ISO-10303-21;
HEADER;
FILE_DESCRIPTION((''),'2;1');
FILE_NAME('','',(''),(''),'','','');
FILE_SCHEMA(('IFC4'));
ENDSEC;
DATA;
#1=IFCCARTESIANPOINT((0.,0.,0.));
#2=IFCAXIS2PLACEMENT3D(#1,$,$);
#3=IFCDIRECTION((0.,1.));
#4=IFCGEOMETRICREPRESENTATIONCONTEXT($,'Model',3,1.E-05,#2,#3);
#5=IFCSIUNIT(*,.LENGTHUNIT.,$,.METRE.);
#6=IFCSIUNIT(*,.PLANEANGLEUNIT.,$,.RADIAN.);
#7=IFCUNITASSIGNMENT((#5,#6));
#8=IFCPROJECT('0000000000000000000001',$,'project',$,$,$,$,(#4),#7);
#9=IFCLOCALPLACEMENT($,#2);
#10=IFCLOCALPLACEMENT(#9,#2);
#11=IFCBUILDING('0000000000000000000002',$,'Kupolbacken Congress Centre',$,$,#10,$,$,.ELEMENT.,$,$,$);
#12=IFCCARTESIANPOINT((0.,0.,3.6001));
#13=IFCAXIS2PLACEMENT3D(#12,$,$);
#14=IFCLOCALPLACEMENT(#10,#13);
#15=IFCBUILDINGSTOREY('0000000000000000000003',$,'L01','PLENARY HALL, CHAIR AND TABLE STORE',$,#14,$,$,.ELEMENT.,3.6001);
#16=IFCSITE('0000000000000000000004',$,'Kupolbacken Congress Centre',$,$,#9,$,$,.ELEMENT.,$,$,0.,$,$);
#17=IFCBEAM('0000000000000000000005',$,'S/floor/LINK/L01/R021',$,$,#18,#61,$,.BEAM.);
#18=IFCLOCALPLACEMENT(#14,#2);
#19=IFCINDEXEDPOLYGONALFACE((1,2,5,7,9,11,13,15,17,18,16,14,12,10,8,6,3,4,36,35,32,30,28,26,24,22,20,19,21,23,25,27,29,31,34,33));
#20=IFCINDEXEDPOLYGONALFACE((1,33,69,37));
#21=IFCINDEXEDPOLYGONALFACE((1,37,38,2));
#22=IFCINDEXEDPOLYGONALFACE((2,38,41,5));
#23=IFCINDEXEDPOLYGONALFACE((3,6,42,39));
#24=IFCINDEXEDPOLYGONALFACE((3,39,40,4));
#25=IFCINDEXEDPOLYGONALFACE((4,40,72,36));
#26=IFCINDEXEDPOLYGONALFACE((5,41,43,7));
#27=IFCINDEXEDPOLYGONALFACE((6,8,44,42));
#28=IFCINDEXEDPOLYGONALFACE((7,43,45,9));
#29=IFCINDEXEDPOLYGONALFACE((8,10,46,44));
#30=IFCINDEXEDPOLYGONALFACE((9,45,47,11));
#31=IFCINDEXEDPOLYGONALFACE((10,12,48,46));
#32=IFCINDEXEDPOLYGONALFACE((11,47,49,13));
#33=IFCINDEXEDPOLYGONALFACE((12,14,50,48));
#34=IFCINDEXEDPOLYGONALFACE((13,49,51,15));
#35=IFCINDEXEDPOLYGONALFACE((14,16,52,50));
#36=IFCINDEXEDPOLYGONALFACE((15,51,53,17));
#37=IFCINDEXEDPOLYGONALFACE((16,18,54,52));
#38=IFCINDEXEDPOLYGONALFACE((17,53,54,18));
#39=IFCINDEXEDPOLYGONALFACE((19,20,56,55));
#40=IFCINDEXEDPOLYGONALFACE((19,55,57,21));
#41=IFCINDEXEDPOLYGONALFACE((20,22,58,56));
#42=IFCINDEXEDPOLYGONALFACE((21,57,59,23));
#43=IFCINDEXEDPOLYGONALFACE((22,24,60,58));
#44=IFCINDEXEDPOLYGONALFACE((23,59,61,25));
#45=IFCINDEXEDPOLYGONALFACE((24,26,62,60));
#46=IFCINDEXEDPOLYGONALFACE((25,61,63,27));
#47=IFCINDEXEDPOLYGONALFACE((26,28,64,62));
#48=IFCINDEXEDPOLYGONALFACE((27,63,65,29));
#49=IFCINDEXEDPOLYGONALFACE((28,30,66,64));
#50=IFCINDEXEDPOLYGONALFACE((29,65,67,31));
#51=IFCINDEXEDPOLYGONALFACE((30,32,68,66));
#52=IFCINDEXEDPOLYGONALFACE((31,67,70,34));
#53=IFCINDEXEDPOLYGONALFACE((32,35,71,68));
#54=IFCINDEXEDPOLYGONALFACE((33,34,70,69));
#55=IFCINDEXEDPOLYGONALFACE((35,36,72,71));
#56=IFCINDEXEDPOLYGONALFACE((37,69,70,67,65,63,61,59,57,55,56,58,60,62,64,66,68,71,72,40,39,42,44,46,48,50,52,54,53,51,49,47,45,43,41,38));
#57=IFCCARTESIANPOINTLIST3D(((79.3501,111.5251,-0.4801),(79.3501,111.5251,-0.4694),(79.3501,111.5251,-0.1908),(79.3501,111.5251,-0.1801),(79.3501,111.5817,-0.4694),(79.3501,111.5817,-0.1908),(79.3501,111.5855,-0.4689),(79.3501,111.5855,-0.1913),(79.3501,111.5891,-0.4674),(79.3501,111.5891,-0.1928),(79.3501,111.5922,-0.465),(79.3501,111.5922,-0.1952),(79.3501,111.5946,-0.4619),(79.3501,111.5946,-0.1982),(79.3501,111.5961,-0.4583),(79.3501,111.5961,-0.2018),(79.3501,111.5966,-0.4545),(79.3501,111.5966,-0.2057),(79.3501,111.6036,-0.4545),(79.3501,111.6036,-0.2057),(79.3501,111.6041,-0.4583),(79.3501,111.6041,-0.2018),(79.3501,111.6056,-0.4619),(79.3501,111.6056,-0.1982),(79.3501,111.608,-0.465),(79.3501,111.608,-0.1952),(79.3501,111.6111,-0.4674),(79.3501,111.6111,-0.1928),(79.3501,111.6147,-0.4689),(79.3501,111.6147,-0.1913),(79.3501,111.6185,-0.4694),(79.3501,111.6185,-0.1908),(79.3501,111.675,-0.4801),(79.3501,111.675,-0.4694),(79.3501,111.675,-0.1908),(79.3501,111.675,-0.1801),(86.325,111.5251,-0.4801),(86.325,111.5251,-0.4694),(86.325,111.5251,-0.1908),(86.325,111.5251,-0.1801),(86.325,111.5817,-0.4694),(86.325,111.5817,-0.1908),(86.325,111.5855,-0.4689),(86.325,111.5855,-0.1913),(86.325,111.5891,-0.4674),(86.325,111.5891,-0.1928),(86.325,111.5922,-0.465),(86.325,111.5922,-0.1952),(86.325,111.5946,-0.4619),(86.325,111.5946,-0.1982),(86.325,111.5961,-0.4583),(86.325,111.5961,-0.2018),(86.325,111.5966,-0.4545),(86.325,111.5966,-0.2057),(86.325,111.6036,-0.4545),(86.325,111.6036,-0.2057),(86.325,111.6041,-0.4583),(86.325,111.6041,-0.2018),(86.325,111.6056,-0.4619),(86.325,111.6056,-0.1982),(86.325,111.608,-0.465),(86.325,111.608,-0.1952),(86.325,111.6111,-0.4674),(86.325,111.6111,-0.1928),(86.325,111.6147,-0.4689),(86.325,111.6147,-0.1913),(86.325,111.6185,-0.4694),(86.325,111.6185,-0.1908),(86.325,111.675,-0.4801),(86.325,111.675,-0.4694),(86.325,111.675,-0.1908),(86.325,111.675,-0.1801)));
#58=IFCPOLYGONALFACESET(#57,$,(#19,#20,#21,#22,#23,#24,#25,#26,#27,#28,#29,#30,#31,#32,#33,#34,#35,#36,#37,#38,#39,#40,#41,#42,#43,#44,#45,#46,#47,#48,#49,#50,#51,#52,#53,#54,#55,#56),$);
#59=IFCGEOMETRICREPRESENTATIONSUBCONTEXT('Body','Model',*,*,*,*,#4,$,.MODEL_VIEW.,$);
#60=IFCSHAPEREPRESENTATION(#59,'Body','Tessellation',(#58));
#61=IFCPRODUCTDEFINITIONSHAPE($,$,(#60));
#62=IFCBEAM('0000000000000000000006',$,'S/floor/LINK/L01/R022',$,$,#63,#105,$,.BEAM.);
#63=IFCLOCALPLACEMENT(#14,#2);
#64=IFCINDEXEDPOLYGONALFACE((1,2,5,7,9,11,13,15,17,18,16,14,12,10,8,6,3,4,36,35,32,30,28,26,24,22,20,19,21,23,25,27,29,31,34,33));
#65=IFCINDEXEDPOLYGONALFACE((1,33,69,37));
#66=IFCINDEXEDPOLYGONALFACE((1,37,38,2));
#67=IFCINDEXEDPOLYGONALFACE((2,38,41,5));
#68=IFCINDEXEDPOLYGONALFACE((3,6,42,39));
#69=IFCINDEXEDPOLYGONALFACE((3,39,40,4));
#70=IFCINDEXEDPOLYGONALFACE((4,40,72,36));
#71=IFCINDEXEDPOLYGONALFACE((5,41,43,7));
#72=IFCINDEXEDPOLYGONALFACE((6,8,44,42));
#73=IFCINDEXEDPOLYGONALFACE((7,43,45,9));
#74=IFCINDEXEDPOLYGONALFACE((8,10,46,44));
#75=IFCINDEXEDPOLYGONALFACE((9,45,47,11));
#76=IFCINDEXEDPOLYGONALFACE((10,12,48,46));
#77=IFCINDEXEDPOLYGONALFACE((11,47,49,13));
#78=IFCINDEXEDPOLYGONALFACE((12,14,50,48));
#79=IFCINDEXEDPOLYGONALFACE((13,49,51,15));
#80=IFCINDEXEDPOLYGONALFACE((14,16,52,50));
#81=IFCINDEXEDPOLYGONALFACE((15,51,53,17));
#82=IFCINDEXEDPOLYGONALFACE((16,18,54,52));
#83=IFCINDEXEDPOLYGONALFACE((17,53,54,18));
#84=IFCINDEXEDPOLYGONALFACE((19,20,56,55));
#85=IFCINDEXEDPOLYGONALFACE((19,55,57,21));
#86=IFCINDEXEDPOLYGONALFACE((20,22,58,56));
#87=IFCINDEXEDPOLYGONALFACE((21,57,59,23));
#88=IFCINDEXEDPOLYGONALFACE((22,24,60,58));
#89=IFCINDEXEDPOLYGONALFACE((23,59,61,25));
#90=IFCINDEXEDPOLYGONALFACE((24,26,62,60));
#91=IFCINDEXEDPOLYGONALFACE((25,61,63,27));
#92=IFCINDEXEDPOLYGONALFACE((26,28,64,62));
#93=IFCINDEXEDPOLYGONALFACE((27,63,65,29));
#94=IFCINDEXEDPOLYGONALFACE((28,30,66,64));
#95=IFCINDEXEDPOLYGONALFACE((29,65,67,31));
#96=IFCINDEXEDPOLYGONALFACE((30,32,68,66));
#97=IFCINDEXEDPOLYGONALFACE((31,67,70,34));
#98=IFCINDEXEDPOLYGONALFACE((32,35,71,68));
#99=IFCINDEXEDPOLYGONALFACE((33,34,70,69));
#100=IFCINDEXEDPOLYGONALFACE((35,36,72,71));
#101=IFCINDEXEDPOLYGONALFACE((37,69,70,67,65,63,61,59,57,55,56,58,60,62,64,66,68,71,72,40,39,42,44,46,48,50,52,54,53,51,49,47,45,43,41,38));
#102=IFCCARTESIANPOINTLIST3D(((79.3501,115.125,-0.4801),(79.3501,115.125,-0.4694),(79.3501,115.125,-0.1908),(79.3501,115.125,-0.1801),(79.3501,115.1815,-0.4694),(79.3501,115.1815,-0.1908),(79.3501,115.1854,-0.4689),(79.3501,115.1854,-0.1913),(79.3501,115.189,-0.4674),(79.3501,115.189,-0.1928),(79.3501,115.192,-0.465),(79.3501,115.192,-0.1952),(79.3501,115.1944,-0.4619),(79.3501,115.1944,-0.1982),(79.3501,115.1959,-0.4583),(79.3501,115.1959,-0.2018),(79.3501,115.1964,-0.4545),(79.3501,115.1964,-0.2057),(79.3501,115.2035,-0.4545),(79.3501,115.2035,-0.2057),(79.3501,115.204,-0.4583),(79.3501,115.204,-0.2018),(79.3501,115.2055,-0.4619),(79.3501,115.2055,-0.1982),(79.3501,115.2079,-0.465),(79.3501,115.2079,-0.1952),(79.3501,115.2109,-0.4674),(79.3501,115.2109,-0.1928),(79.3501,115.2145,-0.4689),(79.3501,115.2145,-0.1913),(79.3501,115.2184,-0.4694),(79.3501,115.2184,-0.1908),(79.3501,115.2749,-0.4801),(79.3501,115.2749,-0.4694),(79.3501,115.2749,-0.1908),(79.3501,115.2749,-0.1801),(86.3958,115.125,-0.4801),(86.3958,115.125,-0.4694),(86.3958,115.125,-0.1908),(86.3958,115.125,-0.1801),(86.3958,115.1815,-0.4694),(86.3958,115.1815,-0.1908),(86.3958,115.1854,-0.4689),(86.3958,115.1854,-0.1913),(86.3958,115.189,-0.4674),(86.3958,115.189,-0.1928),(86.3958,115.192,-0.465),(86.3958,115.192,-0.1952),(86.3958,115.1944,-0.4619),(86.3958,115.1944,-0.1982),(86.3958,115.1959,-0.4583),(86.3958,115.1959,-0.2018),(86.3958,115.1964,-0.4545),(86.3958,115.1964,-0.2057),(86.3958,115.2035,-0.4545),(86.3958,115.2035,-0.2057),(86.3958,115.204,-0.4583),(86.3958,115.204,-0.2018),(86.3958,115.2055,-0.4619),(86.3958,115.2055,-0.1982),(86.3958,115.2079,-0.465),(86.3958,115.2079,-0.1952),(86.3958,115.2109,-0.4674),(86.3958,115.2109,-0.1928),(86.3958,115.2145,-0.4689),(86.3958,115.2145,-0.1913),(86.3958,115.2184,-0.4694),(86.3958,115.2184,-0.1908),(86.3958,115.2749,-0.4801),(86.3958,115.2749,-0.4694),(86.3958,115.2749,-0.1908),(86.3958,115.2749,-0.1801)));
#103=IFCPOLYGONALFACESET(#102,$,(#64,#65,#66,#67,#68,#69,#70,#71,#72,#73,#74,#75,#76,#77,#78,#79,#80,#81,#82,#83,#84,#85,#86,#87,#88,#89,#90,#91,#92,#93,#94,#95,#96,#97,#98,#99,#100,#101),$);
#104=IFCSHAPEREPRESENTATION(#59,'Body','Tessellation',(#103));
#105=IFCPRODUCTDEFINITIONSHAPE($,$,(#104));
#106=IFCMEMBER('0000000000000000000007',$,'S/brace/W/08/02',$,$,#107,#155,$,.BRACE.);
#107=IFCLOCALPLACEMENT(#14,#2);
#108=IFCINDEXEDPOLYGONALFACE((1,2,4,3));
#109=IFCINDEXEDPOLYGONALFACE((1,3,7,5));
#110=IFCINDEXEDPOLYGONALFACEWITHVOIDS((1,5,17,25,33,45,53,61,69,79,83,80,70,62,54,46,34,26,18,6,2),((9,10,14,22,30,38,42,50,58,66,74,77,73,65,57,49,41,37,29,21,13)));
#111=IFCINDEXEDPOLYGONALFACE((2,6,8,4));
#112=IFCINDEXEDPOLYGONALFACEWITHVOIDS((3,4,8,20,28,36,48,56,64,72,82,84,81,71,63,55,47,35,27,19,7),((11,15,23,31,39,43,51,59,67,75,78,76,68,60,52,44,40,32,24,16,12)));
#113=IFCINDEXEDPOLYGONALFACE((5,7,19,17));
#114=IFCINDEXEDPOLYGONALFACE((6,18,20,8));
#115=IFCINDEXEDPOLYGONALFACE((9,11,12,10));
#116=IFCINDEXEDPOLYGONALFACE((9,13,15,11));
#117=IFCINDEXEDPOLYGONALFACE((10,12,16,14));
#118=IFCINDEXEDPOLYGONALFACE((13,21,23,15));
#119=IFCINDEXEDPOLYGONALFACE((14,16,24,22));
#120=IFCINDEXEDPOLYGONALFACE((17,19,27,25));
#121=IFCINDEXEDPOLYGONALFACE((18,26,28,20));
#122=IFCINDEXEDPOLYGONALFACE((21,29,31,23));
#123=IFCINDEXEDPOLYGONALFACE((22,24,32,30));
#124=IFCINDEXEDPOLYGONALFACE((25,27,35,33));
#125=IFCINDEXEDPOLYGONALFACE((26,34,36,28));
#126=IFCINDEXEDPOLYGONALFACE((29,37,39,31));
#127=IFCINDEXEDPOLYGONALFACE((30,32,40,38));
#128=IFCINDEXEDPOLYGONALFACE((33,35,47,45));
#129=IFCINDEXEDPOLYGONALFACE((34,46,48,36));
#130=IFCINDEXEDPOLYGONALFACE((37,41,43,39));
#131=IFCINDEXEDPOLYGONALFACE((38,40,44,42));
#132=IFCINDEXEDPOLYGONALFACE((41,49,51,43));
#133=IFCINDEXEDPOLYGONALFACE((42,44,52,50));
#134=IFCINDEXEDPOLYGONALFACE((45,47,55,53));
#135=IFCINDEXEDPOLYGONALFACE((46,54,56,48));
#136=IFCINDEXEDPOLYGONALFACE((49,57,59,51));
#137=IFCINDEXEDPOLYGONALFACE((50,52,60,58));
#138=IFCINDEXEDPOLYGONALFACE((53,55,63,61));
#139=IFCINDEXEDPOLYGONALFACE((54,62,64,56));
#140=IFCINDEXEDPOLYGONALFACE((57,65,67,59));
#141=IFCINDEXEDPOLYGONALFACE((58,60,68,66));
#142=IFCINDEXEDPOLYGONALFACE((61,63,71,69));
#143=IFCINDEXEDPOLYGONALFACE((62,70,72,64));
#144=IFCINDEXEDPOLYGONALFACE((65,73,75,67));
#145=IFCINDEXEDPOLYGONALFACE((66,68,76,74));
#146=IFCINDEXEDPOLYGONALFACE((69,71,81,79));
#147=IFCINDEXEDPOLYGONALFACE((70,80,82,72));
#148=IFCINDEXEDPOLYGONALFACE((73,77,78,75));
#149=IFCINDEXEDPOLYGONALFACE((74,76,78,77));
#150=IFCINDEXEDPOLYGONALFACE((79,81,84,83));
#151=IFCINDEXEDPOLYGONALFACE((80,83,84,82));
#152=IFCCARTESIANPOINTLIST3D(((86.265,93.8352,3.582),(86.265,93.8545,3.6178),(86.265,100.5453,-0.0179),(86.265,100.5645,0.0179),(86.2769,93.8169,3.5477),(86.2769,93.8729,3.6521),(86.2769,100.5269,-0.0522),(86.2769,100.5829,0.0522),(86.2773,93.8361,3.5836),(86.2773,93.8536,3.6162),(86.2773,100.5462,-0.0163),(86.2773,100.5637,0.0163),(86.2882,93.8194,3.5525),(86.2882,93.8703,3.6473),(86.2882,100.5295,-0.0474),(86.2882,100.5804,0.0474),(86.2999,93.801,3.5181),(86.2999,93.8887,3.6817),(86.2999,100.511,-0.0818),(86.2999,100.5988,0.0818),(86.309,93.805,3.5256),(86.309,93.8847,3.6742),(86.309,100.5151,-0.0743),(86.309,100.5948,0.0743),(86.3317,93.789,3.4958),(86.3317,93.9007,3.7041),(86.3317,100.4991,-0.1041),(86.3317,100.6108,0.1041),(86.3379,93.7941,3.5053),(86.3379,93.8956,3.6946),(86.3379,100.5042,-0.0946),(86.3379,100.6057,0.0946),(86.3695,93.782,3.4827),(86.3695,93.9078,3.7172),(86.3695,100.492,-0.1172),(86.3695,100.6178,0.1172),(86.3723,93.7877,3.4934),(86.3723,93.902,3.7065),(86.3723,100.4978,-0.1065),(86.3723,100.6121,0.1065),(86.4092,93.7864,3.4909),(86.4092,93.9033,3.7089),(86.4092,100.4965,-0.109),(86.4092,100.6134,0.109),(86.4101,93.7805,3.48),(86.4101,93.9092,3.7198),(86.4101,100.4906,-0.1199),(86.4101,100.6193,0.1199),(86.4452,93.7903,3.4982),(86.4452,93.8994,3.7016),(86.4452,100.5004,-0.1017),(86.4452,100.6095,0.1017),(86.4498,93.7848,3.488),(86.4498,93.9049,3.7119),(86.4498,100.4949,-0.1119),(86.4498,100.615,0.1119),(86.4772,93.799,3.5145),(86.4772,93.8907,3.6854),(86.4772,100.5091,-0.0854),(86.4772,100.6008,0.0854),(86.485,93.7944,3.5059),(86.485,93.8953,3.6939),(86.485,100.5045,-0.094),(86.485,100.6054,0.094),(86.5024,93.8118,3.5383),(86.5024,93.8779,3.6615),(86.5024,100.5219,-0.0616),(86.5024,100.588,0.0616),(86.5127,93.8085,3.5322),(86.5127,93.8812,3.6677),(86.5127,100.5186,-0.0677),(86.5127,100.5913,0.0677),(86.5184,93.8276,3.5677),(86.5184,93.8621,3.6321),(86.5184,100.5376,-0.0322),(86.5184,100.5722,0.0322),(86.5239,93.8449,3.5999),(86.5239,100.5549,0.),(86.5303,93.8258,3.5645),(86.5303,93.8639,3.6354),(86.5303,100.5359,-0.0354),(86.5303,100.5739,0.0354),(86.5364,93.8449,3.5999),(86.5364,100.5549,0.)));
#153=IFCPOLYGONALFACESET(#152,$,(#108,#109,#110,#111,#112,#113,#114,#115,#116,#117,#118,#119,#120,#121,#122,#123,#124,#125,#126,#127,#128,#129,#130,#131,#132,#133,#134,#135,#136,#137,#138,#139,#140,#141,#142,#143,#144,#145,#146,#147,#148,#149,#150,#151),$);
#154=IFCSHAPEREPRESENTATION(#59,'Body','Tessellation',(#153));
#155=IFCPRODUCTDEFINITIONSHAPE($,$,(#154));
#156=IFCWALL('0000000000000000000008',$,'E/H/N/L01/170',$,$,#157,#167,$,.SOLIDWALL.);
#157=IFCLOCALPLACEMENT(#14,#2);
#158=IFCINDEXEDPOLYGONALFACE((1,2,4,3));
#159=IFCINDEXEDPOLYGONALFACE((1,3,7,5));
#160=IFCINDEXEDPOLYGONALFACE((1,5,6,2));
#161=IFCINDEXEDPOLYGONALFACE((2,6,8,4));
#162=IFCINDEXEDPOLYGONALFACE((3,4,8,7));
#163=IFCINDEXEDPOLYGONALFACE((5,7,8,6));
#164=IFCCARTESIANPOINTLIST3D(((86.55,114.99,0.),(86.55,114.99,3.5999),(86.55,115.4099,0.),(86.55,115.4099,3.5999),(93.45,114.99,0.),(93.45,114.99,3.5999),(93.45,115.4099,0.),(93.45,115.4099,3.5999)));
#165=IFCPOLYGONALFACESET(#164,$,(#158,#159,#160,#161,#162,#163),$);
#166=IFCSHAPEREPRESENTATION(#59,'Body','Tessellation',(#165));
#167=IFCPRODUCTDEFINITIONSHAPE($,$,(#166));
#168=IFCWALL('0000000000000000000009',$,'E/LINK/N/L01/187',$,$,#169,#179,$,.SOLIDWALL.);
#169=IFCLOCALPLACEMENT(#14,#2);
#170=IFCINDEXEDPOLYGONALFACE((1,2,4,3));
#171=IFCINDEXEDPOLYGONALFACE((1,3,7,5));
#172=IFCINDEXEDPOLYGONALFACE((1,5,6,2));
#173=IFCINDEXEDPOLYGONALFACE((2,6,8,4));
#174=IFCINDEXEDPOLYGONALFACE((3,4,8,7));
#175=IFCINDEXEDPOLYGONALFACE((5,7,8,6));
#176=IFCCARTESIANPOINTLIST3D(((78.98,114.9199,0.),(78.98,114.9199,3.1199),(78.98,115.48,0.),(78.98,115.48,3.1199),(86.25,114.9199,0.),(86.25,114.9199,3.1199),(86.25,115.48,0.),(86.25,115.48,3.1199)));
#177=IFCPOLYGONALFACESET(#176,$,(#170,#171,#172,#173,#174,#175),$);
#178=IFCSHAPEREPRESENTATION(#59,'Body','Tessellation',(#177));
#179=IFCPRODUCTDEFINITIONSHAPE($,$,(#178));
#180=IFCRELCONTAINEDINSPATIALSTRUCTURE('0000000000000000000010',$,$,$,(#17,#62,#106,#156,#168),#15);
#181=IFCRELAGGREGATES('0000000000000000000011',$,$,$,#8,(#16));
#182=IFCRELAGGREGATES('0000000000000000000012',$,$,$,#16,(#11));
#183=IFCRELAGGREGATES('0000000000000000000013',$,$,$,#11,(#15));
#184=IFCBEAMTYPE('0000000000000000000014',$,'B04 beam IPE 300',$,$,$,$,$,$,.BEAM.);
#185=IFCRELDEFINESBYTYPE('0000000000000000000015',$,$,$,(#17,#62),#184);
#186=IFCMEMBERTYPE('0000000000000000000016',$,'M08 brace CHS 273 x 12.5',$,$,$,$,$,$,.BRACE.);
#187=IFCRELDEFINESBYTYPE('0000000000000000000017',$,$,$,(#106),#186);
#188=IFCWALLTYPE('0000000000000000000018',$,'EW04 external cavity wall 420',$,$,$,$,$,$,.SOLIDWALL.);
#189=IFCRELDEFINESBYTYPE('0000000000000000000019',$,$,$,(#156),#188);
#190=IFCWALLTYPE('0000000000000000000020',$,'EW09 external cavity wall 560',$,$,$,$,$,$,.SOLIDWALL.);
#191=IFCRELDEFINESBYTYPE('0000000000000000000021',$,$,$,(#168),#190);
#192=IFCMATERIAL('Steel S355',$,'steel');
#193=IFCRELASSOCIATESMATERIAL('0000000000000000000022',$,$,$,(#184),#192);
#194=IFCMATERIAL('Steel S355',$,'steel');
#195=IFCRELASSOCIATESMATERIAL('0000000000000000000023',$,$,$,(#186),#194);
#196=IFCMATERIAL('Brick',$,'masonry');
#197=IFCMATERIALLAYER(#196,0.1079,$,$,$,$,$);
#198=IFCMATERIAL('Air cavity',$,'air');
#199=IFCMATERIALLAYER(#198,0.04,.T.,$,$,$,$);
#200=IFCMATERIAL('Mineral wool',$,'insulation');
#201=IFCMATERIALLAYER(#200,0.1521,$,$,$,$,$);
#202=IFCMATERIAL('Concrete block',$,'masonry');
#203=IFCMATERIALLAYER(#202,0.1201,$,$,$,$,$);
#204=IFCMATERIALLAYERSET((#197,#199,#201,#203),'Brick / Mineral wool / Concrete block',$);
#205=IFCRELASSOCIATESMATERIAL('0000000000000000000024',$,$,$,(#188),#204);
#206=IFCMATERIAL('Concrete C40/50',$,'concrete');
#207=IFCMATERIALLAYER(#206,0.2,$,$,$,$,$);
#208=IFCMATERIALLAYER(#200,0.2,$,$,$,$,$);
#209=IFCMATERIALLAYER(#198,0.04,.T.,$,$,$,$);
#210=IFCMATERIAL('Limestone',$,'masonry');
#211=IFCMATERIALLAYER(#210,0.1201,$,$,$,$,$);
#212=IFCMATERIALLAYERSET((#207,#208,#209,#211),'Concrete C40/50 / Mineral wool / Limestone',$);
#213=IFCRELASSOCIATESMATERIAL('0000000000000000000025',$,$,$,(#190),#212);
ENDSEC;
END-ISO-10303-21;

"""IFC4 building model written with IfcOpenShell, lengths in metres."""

from ifc_helpers import new_model, si_unit, direction, frame, frame_2d, origin, origin_2d, place, context, subcontext, project, spatial, rectangle, hollow_circle, i_section, extrude, material, layer, layer_set, material_profile, profile_set, type_object, element, save


model = new_model("IFC4")

# Units and contexts
model_context = context("Model", 3, precision=1e-05, world=origin(), true_north=direction((0.0, 1.0)))
body_context = subcontext(model_context, "Body", "Model", "MODEL_VIEW")
ifc_project = project(units=[si_unit("LENGTHUNIT", "METRE"), si_unit("PLANEANGLEUNIT", "RADIAN")], contexts=[model_context])

# Site, building, storey
site_placement = place(None, origin())
site = spatial("IfcSite", under=ifc_project, at=site_placement, Name="Kupolbacken Congress Centre", CompositionType="ELEMENT", RefElevation=0.0)
building_placement = place(site_placement, origin())
building = spatial("IfcBuilding", under=site, at=building_placement, Name="Kupolbacken Congress Centre", CompositionType="ELEMENT")
storey_placement = place(building_placement, frame((0.0, 0.0, 3.6001)))
storey = spatial("IfcBuildingStorey", under=building, at=storey_placement, Name="L01", Description="PLENARY HALL, CHAIR AND TABLE STORE", CompositionType="ELEMENT", Elevation=3.6001)

# Beams
ifc_material_1 = material(Name="Steel S355", Category="steel")
ifc_material_profile_1 = material_profile(ifc_material_1, i_section(OverallWidth=0.1499, OverallDepth=0.3, WebThickness=0.0071, FlangeThickness=0.0107, FilletRadius=0.0149, at=origin_2d()), Name="IPE 300")
ifc_profile_set_1 = profile_set([ifc_material_profile_1], Name="Steel S355")
beam_type_1 = type_object("IfcBeamType", Name="B04 beam IPE 300", PredefinedType="BEAM", material=ifc_profile_set_1)
beam_1_placement = place(storey_placement, frame((79.3501, 111.6001, -0.3301), z_axis=(1.0, 0.0, 0.0), x_axis=(0.0, 1.0, 0.0)))
element("IfcBeam", 1, at=beam_1_placement, inside=storey, type_object=beam_type_1, Name="S/floor/LINK/L01/R021", PredefinedType="BEAM", context=body_context, shape_type="SweptSolid", body=[
    extrude(i_section(OverallWidth=0.1499, OverallDepth=0.3, WebThickness=0.0071, FlangeThickness=0.0107, FilletRadius=0.0149, at=origin_2d()), origin(), (0.0, 0.0, 1.0), 6.9749),
])
beam_2_placement = place(storey_placement, frame((79.3501, 115.2, -0.3301), z_axis=(1.0, 0.0, 0.0), x_axis=(0.0, 1.0, 0.0)))
element("IfcBeam", 2, at=beam_2_placement, inside=storey, type_object=beam_type_1, Name="S/floor/LINK/L01/R022", PredefinedType="BEAM", context=body_context, shape_type="SweptSolid", body=[
    extrude(i_section(OverallWidth=0.1499, OverallDepth=0.3, WebThickness=0.0071, FlangeThickness=0.0107, FilletRadius=0.0149, at=origin_2d()), origin(), (0.0, 0.0, 1.0), 7.0457),
])

# Member
ifc_material_2 = material(Name="Steel S355", Category="steel")
ifc_material_profile_2 = material_profile(ifc_material_2, hollow_circle(Radius=0.1365, WallThickness=0.0125, at=origin_2d()), Name="CHS 273 x 12.5")
ifc_profile_set_2 = profile_set([ifc_material_profile_2], Name="Steel S355")
member_type = type_object("IfcMemberType", Name="M08 brace CHS 273 x 12.5", PredefinedType="BRACE", material=ifc_profile_set_2)
member_placement = place(storey_placement, frame((86.3999, 100.5549, 0.0), z_axis=(0.0, -0.881194, 0.472755), x_axis=(1.0, 0.0, 0.0)))
element("IfcMember", 3, at=member_placement, inside=storey, type_object=member_type, Name="S/brace/W/08/02", PredefinedType="BRACE", context=body_context, shape_type="SweptSolid", body=[
    extrude(hollow_circle(Radius=0.1365, WallThickness=0.0125, at=origin_2d()), origin(), (0.0, 0.0, 1.0), 7.6147),
])

# Walls
ifc_material_3 = material(Name="Brick", Category="masonry")
ifc_layer_1 = layer(ifc_material_3, 0.1079)
ifc_material_4 = material(Name="Air cavity", Category="air")
ifc_layer_2 = layer(ifc_material_4, 0.04, ventilated=True)
ifc_material_5 = material(Name="Mineral wool", Category="insulation")
ifc_layer_3 = layer(ifc_material_5, 0.1521)
ifc_material_6 = material(Name="Concrete block", Category="masonry")
ifc_layer_4 = layer(ifc_material_6, 0.1201)
ifc_layer_set_1 = layer_set([ifc_layer_1, ifc_layer_2, ifc_layer_3, ifc_layer_4], Name="Brick / Mineral wool / Concrete block")
wall_type_1 = type_object("IfcWallType", Name="EW04 external cavity wall 420", PredefinedType="SOLIDWALL", material=ifc_layer_set_1)
wall_1_placement = place(storey_placement, frame((93.45, 115.2, 0.0), z_axis=(0.0, 0.0, 1.0), x_axis=(-1.0, 0.0, 0.0)))
element("IfcWall", 4, at=wall_1_placement, inside=storey, type_object=wall_type_1, Name="E/H/N/L01/170", PredefinedType="SOLIDWALL", context=body_context, shape_type="SweptSolid", body=[
    extrude(rectangle(XDim=6.8999, YDim=0.4199, at=frame_2d((3.45, 0.0))), origin(), (0.0, 0.0, 1.0), 3.5999),
])
ifc_material_7 = material(Name="Concrete C40/50", Category="concrete")
ifc_layer_5 = layer(ifc_material_7, 0.2)
ifc_layer_6 = layer(ifc_material_5, 0.2)
ifc_layer_7 = layer(ifc_material_4, 0.04, ventilated=True)
ifc_material_8 = material(Name="Limestone", Category="masonry")
ifc_layer_8 = layer(ifc_material_8, 0.1201)
ifc_layer_set_2 = layer_set([ifc_layer_5, ifc_layer_6, ifc_layer_7, ifc_layer_8], Name="Concrete C40/50 / Mineral wool / Limestone")
wall_type_2 = type_object("IfcWallType", Name="EW09 external cavity wall 560", PredefinedType="SOLIDWALL", material=ifc_layer_set_2)
wall_2_placement = place(storey_placement, frame((86.25, 115.2, 0.0), z_axis=(0.0, 0.0, 1.0), x_axis=(-1.0, 0.0, 0.0)))
element("IfcWall", 5, at=wall_2_placement, inside=storey, type_object=wall_type_2, Name="E/LINK/N/L01/187", PredefinedType="SOLIDWALL", context=body_context, shape_type="SweptSolid", body=[
    extrude(rectangle(XDim=7.27, YDim=0.5601, at=frame_2d((3.635, 0.0))), origin(), (0.0, 0.0, 1.0), 3.1199),
])

save(model, "model.ifc")
